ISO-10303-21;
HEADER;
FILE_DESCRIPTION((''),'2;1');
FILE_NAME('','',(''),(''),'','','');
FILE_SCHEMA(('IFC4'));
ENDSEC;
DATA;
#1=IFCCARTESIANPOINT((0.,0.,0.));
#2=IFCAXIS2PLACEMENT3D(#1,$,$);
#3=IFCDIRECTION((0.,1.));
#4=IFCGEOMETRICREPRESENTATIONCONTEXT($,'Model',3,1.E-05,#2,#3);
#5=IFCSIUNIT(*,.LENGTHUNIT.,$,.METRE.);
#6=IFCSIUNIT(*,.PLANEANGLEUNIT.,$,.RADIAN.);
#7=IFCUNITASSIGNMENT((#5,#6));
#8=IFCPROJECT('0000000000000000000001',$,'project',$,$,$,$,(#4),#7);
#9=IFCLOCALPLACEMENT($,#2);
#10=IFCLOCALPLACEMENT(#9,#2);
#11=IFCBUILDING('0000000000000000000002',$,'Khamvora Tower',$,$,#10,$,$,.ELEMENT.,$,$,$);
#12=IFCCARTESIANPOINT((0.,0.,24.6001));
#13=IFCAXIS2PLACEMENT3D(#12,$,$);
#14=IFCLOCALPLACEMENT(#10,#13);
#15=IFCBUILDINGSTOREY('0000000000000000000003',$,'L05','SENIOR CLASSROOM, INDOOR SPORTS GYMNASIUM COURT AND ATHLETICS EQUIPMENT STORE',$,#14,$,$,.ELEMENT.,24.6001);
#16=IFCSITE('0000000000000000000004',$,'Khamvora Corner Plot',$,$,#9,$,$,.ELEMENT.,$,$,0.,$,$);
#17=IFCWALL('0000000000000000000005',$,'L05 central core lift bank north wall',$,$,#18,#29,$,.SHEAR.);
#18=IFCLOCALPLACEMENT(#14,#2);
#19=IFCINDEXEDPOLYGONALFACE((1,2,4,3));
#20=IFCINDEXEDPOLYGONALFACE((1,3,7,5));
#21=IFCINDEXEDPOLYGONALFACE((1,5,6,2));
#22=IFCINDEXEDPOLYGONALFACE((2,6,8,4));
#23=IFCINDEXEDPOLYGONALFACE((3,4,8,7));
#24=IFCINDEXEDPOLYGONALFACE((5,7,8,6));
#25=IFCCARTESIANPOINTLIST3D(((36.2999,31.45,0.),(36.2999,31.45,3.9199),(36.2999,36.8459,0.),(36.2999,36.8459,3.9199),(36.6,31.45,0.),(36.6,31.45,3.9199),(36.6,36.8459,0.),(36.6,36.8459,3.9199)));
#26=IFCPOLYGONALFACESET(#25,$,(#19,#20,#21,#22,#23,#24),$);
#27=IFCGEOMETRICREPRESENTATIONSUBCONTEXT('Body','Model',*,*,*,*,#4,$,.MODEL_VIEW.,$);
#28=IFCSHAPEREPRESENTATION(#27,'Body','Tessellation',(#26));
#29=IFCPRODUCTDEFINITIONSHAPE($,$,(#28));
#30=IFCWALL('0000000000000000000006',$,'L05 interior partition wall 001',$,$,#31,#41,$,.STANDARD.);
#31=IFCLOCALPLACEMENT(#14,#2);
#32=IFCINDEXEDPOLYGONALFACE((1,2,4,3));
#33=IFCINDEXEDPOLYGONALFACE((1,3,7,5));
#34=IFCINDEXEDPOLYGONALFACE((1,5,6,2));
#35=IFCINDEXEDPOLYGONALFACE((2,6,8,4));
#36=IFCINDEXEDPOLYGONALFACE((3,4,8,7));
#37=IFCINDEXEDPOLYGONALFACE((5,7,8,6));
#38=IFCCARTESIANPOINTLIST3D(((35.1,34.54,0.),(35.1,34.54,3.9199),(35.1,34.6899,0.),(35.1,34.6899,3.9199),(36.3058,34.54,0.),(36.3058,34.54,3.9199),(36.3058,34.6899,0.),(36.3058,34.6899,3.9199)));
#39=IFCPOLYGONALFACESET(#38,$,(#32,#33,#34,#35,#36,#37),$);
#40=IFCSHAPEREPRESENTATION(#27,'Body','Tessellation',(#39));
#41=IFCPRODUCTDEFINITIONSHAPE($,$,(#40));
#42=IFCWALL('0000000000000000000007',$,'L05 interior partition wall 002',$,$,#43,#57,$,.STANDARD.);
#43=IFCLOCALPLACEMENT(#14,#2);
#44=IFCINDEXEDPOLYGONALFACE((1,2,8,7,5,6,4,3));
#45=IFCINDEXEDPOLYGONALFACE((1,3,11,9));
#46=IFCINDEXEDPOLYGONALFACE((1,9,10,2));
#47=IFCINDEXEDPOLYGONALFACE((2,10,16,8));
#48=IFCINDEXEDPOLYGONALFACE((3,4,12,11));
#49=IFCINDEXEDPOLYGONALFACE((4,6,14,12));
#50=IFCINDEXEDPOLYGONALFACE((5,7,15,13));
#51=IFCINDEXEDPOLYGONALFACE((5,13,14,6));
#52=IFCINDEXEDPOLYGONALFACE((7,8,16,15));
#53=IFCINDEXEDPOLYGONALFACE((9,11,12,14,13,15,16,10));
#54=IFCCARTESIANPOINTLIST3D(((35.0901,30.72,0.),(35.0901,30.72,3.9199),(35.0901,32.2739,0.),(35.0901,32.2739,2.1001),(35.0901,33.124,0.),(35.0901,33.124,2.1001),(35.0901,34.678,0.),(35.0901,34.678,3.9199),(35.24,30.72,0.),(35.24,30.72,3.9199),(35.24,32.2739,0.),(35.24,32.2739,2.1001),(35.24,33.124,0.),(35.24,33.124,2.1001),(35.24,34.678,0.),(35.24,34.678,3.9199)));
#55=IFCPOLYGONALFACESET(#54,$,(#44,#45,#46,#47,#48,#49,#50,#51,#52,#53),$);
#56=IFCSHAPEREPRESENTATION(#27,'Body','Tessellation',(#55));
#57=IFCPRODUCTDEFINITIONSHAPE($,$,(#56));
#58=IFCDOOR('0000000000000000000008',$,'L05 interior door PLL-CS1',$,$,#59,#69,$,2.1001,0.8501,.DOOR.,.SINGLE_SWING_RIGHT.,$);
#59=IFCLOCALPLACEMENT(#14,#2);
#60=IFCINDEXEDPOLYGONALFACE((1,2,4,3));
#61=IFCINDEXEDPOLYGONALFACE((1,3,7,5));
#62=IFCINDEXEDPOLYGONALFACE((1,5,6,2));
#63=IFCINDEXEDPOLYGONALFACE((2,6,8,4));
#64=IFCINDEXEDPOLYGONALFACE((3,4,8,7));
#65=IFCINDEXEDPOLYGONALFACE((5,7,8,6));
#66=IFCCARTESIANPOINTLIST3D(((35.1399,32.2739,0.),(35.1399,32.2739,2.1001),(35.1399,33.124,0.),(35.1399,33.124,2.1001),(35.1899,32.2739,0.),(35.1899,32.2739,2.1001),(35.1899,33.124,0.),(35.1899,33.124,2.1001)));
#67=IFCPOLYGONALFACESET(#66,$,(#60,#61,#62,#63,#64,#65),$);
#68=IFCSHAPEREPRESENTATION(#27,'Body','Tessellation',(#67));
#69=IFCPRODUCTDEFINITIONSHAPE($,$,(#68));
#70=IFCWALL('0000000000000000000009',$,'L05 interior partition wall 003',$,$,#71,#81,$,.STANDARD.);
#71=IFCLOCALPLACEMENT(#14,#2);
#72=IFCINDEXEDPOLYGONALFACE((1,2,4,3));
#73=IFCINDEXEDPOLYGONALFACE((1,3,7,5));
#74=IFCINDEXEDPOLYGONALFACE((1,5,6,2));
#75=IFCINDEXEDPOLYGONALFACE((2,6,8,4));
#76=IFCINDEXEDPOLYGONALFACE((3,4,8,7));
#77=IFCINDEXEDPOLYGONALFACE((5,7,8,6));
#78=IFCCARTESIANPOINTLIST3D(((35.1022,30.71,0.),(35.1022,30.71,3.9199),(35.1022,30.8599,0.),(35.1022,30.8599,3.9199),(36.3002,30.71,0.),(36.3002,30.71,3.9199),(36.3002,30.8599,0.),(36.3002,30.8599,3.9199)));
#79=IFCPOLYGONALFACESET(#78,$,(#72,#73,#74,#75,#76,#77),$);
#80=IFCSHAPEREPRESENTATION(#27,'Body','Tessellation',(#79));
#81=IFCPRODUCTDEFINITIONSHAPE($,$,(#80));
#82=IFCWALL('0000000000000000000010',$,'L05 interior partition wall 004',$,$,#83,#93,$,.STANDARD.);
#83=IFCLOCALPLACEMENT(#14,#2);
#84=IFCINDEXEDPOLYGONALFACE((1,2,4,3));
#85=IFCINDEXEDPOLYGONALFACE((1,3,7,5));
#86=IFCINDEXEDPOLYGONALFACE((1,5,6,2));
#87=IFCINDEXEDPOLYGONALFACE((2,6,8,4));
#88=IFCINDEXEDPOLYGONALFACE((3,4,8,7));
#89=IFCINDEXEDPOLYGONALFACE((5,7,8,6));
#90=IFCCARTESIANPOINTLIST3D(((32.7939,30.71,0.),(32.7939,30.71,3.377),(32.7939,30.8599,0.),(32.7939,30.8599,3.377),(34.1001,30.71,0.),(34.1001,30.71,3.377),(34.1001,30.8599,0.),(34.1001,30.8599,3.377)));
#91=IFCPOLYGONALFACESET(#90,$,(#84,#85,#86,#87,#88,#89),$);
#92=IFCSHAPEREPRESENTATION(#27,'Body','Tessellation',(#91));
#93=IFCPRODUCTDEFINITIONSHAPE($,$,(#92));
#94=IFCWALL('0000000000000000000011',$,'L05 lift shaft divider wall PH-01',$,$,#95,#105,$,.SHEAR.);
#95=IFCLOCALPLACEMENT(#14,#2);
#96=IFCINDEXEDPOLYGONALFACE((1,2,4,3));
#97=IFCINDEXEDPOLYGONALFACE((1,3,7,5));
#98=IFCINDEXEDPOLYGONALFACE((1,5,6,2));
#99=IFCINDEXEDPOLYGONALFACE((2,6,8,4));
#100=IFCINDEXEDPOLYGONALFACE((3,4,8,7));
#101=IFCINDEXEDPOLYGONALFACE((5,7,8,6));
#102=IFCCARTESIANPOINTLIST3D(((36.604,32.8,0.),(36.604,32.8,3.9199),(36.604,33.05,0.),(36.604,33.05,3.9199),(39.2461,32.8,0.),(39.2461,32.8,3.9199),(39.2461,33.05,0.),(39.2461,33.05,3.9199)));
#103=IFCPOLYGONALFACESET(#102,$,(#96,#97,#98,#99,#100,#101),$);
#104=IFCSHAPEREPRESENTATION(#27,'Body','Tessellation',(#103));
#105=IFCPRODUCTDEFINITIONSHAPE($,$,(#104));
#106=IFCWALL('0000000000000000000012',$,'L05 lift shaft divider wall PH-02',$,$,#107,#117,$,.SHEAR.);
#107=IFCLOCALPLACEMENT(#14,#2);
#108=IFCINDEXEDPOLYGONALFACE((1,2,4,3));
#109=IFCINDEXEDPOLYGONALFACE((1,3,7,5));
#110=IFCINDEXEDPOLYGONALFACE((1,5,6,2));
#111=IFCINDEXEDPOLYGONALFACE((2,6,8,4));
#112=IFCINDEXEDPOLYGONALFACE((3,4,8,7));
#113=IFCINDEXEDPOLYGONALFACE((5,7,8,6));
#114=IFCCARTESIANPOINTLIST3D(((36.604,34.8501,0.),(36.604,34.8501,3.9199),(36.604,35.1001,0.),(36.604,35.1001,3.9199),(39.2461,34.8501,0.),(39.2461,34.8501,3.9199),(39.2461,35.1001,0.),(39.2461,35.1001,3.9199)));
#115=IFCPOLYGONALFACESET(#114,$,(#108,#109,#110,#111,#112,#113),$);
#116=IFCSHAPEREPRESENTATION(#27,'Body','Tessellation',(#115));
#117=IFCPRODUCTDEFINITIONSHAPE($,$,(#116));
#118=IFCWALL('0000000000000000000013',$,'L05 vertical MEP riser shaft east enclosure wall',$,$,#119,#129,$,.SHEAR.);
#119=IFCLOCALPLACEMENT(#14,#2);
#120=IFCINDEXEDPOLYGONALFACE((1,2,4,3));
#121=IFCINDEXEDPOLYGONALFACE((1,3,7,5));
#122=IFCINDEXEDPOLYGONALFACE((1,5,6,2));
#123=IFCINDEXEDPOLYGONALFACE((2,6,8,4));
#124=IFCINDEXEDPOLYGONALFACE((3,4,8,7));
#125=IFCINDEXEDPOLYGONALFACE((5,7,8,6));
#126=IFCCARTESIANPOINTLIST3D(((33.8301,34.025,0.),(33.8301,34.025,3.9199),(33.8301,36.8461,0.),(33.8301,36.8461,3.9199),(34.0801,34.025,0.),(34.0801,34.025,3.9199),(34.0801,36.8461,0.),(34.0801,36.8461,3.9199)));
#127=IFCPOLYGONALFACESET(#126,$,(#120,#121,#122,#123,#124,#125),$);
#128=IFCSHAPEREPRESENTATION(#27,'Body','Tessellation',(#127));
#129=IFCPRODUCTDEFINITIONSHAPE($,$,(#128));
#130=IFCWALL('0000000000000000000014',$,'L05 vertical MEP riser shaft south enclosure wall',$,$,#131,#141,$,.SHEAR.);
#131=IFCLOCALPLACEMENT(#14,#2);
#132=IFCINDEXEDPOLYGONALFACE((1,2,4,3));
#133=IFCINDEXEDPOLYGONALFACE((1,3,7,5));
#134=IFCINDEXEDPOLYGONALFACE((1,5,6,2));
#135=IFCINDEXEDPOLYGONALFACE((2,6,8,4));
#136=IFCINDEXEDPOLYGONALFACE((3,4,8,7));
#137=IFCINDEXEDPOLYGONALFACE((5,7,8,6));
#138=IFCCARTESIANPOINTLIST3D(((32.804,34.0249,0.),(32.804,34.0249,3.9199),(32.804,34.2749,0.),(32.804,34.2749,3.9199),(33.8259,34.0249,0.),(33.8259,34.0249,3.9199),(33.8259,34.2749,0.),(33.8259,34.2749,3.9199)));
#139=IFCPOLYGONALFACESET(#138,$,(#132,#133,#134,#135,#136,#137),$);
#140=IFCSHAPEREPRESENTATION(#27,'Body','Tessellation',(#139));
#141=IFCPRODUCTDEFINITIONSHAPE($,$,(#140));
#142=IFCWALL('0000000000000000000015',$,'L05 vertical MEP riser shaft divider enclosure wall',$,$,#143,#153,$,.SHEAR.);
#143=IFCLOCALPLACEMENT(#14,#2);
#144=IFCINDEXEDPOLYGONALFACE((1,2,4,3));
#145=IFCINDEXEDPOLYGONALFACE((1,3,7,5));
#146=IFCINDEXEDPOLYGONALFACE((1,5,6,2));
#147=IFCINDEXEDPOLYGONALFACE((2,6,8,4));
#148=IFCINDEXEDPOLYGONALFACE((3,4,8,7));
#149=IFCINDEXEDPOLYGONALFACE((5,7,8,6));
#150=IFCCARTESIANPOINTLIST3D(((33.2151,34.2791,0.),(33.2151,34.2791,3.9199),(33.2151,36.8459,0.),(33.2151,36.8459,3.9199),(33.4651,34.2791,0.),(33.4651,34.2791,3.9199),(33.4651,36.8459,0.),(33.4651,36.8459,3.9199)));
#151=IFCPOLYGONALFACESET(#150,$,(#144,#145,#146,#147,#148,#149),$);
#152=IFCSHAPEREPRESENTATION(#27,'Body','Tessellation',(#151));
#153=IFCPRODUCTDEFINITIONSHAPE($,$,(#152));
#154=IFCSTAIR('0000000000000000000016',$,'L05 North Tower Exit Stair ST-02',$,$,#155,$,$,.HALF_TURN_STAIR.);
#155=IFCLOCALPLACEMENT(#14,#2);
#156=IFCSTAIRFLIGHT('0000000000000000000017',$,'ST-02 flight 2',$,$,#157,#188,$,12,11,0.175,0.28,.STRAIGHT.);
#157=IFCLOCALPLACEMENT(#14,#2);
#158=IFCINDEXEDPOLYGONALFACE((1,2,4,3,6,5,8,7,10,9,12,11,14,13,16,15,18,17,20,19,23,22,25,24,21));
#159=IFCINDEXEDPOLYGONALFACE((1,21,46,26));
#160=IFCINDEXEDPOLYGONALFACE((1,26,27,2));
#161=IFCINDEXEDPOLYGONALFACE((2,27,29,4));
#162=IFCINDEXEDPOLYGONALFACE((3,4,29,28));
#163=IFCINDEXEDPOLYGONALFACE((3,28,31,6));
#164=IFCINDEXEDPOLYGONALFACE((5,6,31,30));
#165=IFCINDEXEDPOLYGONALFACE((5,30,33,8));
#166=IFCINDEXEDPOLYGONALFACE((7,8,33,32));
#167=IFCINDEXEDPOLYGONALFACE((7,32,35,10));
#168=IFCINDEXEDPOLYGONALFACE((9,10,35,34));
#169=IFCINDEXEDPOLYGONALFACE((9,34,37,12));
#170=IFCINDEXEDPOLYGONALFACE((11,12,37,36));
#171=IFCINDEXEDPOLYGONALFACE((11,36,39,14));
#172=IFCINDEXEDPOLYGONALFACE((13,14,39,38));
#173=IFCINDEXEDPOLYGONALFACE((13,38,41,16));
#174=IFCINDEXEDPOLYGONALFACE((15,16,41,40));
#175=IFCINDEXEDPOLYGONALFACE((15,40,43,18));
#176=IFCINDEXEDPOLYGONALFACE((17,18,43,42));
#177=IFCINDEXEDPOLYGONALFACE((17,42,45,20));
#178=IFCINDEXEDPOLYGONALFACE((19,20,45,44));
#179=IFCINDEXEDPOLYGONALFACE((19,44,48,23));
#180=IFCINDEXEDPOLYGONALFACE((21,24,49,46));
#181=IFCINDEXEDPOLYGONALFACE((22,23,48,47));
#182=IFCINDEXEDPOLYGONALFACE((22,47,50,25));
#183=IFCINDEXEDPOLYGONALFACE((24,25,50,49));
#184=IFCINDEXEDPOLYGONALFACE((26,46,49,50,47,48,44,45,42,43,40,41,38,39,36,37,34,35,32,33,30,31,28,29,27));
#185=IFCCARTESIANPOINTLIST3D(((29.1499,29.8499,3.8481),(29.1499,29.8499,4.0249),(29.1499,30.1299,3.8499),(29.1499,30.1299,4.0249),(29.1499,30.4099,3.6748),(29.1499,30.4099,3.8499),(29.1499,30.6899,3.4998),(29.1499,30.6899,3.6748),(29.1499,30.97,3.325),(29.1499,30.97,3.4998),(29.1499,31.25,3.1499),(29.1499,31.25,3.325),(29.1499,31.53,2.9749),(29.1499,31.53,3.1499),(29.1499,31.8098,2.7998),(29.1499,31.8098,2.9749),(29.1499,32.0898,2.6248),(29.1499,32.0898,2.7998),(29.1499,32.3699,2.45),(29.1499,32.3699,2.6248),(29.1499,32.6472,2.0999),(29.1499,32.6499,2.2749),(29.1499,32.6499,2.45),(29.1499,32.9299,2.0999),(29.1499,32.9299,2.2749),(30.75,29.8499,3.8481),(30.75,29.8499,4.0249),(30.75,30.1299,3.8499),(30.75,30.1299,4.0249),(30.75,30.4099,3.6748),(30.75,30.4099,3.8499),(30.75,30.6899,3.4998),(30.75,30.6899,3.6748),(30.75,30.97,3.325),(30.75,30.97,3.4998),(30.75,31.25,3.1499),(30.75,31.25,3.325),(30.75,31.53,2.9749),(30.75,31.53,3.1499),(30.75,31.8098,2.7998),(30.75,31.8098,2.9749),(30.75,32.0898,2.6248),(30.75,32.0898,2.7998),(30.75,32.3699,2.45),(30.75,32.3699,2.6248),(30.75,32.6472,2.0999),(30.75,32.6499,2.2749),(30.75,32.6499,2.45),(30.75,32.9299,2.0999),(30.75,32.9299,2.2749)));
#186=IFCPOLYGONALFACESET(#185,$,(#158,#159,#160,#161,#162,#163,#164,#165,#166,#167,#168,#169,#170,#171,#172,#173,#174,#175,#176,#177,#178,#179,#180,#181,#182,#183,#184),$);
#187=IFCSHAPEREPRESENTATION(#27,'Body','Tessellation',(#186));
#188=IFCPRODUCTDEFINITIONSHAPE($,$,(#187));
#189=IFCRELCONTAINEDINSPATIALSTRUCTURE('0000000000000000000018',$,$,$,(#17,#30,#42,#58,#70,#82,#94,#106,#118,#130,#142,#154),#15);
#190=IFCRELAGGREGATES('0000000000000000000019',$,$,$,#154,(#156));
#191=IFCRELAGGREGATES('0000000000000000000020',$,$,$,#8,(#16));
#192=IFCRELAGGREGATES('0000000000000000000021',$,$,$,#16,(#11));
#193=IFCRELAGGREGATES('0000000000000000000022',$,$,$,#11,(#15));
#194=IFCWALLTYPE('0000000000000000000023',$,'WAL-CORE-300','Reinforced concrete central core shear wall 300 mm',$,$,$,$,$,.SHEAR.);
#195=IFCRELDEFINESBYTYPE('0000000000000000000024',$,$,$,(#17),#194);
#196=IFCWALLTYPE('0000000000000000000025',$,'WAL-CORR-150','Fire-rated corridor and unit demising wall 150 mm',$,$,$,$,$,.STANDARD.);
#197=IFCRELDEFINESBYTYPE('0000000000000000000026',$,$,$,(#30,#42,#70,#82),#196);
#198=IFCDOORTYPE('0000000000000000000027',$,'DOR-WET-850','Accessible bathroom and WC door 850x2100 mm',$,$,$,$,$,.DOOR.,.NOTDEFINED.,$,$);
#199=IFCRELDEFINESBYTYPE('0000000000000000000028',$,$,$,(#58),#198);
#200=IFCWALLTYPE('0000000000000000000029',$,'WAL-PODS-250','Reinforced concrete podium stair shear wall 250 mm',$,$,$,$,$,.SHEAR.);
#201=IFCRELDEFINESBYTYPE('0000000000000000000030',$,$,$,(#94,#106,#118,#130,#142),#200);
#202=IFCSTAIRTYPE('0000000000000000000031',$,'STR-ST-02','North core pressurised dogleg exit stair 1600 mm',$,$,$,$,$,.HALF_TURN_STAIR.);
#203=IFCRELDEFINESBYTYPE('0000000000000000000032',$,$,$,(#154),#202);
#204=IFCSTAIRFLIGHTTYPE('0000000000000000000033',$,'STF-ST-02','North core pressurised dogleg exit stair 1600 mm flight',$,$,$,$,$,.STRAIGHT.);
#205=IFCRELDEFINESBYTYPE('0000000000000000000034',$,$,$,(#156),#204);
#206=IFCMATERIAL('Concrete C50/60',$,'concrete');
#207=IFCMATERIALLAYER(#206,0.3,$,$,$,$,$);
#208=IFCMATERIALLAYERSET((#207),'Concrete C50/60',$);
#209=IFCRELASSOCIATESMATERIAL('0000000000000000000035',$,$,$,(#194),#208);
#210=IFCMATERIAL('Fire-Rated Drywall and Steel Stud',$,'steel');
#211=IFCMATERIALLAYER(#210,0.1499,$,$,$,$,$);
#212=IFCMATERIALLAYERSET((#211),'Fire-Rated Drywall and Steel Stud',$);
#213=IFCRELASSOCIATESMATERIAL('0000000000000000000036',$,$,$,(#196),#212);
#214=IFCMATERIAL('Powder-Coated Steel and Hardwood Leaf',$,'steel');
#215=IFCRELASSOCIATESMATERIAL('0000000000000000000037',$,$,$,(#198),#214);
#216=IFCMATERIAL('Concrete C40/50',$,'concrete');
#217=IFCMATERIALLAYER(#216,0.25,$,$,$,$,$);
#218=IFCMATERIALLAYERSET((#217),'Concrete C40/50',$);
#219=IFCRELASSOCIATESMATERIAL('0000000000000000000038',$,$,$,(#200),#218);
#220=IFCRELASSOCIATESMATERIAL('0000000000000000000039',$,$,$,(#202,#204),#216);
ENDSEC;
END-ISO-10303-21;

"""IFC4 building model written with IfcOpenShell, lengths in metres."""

from ifc_helpers import new_model, si_unit, direction, frame, frame_2d, origin, place, context, subcontext, project, spatial, polyline, rectangle, outline, extrude, material, layer, layer_set, type_object, element, fill, aggregate, save


model = new_model("IFC4")

# Units and contexts
model_context = context("Model", 3, precision=1e-05, world=origin(), true_north=direction((0.0, 1.0)))
body_context = subcontext(model_context, "Body", "Model", "MODEL_VIEW")
ifc_project = project(units=[si_unit("LENGTHUNIT", "METRE"), si_unit("PLANEANGLEUNIT", "RADIAN")], contexts=[model_context])

# Site, building, storey
site_placement = place(None, origin())
site = spatial("IfcSite", under=ifc_project, at=site_placement, Name="Khamvora Corner Plot", CompositionType="ELEMENT", RefElevation=0.0)
building_placement = place(site_placement, origin())
building = spatial("IfcBuilding", under=site, at=building_placement, Name="Khamvora Tower", CompositionType="ELEMENT")
storey_placement = place(building_placement, frame((0.0, 0.0, 24.6001)))
storey = spatial("IfcBuildingStorey", under=building, at=storey_placement, Name="L05", Description="SENIOR CLASSROOM, INDOOR SPORTS GYMNASIUM COURT AND ATHLETICS EQUIPMENT STORE", CompositionType="ELEMENT", Elevation=24.6001)

# Shared definitions
ifc_material_1 = material(Name="Concrete C50/60", Category="concrete")
ifc_layer_1 = layer(ifc_material_1, 0.3)
ifc_layer_set_1 = layer_set([ifc_layer_1], Name="Concrete C50/60")
wall_type_1 = type_object("IfcWallType", Name="WAL-CORE-300", Description="Reinforced concrete central core shear wall 300 mm", PredefinedType="SHEAR", material=ifc_layer_set_1)
ifc_material_2 = material(Name="Powder-Coated Steel and Hardwood Leaf", Category="steel")

# Walls
wall_1_placement = place(storey_placement, frame((36.45, 31.45, 0.0), z_axis=(0.0, 0.0, 1.0), x_axis=(0.0, 1.0, 0.0)))
element("IfcWall", 1, at=wall_1_placement, inside=storey, type_object=wall_type_1, Name="L05 central core lift bank north wall", PredefinedType="SHEAR", context=body_context, shape_type="SweptSolid", body=[
    extrude(rectangle(XDim=5.396, YDim=0.3, at=frame_2d((2.698, 0.0))), origin(), (0.0, 0.0, 1.0), 3.9199),
])
ifc_material_3 = material(Name="Fire-Rated Drywall and Steel Stud", Category="steel")
ifc_layer_2 = layer(ifc_material_3, 0.1499)
ifc_layer_set_2 = layer_set([ifc_layer_2], Name="Fire-Rated Drywall and Steel Stud")
wall_type_2 = type_object("IfcWallType", Name="WAL-CORR-150", Description="Fire-rated corridor and unit demising wall 150 mm", PredefinedType="STANDARD", material=ifc_layer_set_2)
wall_2_placement = place(storey_placement, frame((36.3059, 34.615, 0.0), z_axis=(0.0, 0.0, 1.0), x_axis=(-1.0, 0.0, 0.0)))
element("IfcWall", 2, at=wall_2_placement, inside=storey, type_object=wall_type_2, Name="L05 interior partition wall 001", PredefinedType="STANDARD", context=body_context, shape_type="SweptSolid", body=[
    extrude(rectangle(XDim=1.2058, YDim=0.1499, at=frame_2d((0.603, 0.0))), origin(), (0.0, 0.0, 1.0), 3.9199),
])

# Wall, opening, door
wall_3_placement = place(storey_placement, frame((35.165, 34.678, 0.0), z_axis=(0.0, 0.0, 1.0), x_axis=(0.0, -1.0, 0.0)))
wall_3 = element("IfcWall", 3, at=wall_3_placement, inside=storey, type_object=wall_type_2, Name="L05 interior partition wall 002", PredefinedType="STANDARD", context=body_context, shape_type="SweptSolid", body=[
    extrude(rectangle(XDim=3.958, YDim=0.1499, at=frame_2d((1.979, 0.0))), origin(), (0.0, 0.0, 1.0), 3.9199),
])
opening_1_placement = place(wall_3_placement, frame((1.554, 0.0, 0.0)))
opening_1 = element("IfcOpeningElement", 4, at=opening_1_placement, cuts=wall_3, PredefinedType="OPENING", context=body_context, shape_type="SweptSolid", body=[
    extrude(rectangle(XDim=0.8501, YDim=2.1001, at=frame_2d((0.425, 1.05))), frame((0.0, 0.085, 0.0), z_axis=(0.0, -1.0, 0.0), x_axis=(1.0, 0.0, 0.0)), (0.0, 0.0, 1.0), 0.1699),
])
door_type_1 = type_object("IfcDoorType", Name="DOR-WET-850", Description="Accessible bathroom and WC door 850x2100 mm", OperationType="NOTDEFINED", PredefinedType="DOOR", material=ifc_material_2)
door_1_placement = place(opening_1_placement, origin())
door_1 = element("IfcDoor", 5, at=door_1_placement, inside=storey, type_object=door_type_1, Name="L05 interior door PLL-CS1", OperationType="SINGLE_SWING_RIGHT", OverallHeight=2.1001, OverallWidth=0.8501, PredefinedType="DOOR", context=body_context, shape_type="SweptSolid", body=[
    extrude(rectangle(XDim=0.8501, YDim=2.1001, at=frame_2d((0.425, 1.05))), frame((0.0, 0.0249, 0.0), z_axis=(0.0, -1.0, 0.0), x_axis=(1.0, 0.0, 0.0)), (0.0, 0.0, 1.0), 0.05),
])
fill(opening_1, door_1)

# Walls
wall_4_placement = place(storey_placement, frame((35.1021, 30.7849, 0.0), z_axis=(0.0, 0.0, 1.0), x_axis=(1.0, 0.0, 0.0)))
element("IfcWall", 6, at=wall_4_placement, inside=storey, type_object=wall_type_2, Name="L05 interior partition wall 003", PredefinedType="STANDARD", context=body_context, shape_type="SweptSolid", body=[
    extrude(rectangle(XDim=1.198, YDim=0.1499, at=frame_2d((0.5991, 0.0))), origin(), (0.0, 0.0, 1.0), 3.9199),
])
wall_5_placement = place(storey_placement, frame((32.7939, 30.7849, 0.0), z_axis=(0.0, 0.0, 1.0), x_axis=(1.0, 0.0, 0.0)))
element("IfcWall", 7, at=wall_5_placement, inside=storey, type_object=wall_type_2, Name="L05 interior partition wall 004", PredefinedType="STANDARD", context=body_context, shape_type="SweptSolid", body=[
    extrude(rectangle(XDim=1.3062, YDim=0.1499, at=frame_2d((0.6531, 0.0))), origin(), (0.0, 0.0, 1.0), 3.377),
])
ifc_material_4 = material(Name="Concrete C40/50", Category="concrete")
ifc_layer_3 = layer(ifc_material_4, 0.25)
ifc_layer_set_3 = layer_set([ifc_layer_3], Name="Concrete C40/50")
wall_type_3 = type_object("IfcWallType", Name="WAL-PODS-250", Description="Reinforced concrete podium stair shear wall 250 mm", PredefinedType="SHEAR", material=ifc_layer_set_3)
for number, where, z_axis, x_axis, name in (
    (8, (36.604, 32.925, 0.0), (0.0, 0.0, 1.0), (1.0, 0.0, 0.0), "L05 lift shaft divider wall PH-01"),
    (9, (36.604, 34.9751, 0.0), (0.0, 0.0, 1.0), (1.0, 0.0, 0.0), "L05 lift shaft divider wall PH-02"),
):
    element("IfcWall", number, at=place(storey_placement, frame(where, z_axis=z_axis, x_axis=x_axis)), inside=storey, type_object=wall_type_3, Name=name, PredefinedType="SHEAR", context=body_context, shape_type="SweptSolid", body=[
        extrude(rectangle(XDim=2.6421, YDim=0.25, at=frame_2d((1.321, 0.0))), origin(), (0.0, 0.0, 1.0), 3.9199),
    ])
wall_6_placement = place(storey_placement, frame((33.9551, 34.0249, 0.0), z_axis=(0.0, 0.0, 1.0), x_axis=(0.0, 1.0, 0.0)))
element("IfcWall", 10, at=wall_6_placement, inside=storey, type_object=wall_type_3, Name="L05 vertical MEP riser shaft east enclosure wall", PredefinedType="SHEAR", context=body_context, shape_type="SweptSolid", body=[
    extrude(rectangle(XDim=2.821, YDim=0.25, at=frame_2d((1.4106, 0.0))), origin(), (0.0, 0.0, 1.0), 3.9199),
])
wall_7_placement = place(storey_placement, frame((32.804, 34.1499, 0.0), z_axis=(0.0, 0.0, 1.0), x_axis=(1.0, 0.0, 0.0)))
element("IfcWall", 11, at=wall_7_placement, inside=storey, type_object=wall_type_3, Name="L05 vertical MEP riser shaft south enclosure wall", PredefinedType="SHEAR", context=body_context, shape_type="SweptSolid", body=[
    extrude(rectangle(XDim=1.022, YDim=0.25, at=frame_2d((0.511, 0.0))), origin(), (0.0, 0.0, 1.0), 3.9199),
])
wall_8_placement = place(storey_placement, frame((33.3401, 34.2791, 0.0), z_axis=(0.0, 0.0, 1.0), x_axis=(0.0, 1.0, 0.0)))
element("IfcWall", 12, at=wall_8_placement, inside=storey, type_object=wall_type_3, Name="L05 vertical MEP riser shaft divider enclosure wall", PredefinedType="SHEAR", context=body_context, shape_type="SweptSolid", body=[
    extrude(rectangle(XDim=2.5669, YDim=0.25, at=frame_2d((1.2834, 0.0))), origin(), (0.0, 0.0, 1.0), 3.9199),
])

# Stair, stair flight
stair_type = type_object("IfcStairType", Name="STR-ST-02", Description="North core pressurised dogleg exit stair 1600 mm", PredefinedType="HALF_TURN_STAIR", material=ifc_material_4)
stair_placement = place(storey_placement, origin())
stair = element("IfcStair", 13, at=stair_placement, inside=storey, type_object=stair_type, Name="L05 North Tower Exit Stair ST-02", PredefinedType="HALF_TURN_STAIR")
stair_flight_type = type_object("IfcStairFlightType", Name="STF-ST-02", Description="North core pressurised dogleg exit stair 1600 mm flight", PredefinedType="STRAIGHT", material=ifc_material_4)
stair_flight_placement = place(storey_placement, frame((29.95, 32.9299, 2.0999), z_axis=(0.0, 0.0, 1.0), x_axis=(0.0, -1.0, 0.0)))
stair_flight = element("IfcStairFlight", 14, at=stair_flight_placement, type_object=stair_flight_type, Name="ST-02 flight 2", NumberOfRisers=12, NumberOfTreads=11, PredefinedType="STRAIGHT", RiserHeight=0.175, TreadLength=0.28, context=body_context, shape_type="SweptSolid", body=[
    extrude(outline(polyline([(0.0, 0.0), (0.0, 0.175), (0.28, 0.175), (0.28, 0.3501), (0.5601, 0.3501), (0.5601, 0.5249), (0.8401, 0.5249), (0.8401, 0.7), (1.1201, 0.7), (1.1201, 0.875), (1.3999, 0.875), (1.3999, 1.05), (1.6799, 1.05), (1.6799, 1.2251), (1.96, 1.2251), (1.96, 1.3999), (2.24, 1.3999), (2.24, 1.575), (2.52, 1.575), (2.52, 1.75), (2.8, 1.75), (2.8, 1.925), (3.0801, 1.925), (3.0801, 2.1001), (3.0801, 1.7483), (0.2827, 0.0), (0.0, 0.0)])), frame((0.0, 0.8, 0.0), z_axis=(0.0, -1.0, 0.0), x_axis=(1.0, 0.0, 0.0)), (0.0, 0.0, 1.0), 1.6001),
])
aggregate(stair, [stair_flight])

save(model, "model.ifc")
